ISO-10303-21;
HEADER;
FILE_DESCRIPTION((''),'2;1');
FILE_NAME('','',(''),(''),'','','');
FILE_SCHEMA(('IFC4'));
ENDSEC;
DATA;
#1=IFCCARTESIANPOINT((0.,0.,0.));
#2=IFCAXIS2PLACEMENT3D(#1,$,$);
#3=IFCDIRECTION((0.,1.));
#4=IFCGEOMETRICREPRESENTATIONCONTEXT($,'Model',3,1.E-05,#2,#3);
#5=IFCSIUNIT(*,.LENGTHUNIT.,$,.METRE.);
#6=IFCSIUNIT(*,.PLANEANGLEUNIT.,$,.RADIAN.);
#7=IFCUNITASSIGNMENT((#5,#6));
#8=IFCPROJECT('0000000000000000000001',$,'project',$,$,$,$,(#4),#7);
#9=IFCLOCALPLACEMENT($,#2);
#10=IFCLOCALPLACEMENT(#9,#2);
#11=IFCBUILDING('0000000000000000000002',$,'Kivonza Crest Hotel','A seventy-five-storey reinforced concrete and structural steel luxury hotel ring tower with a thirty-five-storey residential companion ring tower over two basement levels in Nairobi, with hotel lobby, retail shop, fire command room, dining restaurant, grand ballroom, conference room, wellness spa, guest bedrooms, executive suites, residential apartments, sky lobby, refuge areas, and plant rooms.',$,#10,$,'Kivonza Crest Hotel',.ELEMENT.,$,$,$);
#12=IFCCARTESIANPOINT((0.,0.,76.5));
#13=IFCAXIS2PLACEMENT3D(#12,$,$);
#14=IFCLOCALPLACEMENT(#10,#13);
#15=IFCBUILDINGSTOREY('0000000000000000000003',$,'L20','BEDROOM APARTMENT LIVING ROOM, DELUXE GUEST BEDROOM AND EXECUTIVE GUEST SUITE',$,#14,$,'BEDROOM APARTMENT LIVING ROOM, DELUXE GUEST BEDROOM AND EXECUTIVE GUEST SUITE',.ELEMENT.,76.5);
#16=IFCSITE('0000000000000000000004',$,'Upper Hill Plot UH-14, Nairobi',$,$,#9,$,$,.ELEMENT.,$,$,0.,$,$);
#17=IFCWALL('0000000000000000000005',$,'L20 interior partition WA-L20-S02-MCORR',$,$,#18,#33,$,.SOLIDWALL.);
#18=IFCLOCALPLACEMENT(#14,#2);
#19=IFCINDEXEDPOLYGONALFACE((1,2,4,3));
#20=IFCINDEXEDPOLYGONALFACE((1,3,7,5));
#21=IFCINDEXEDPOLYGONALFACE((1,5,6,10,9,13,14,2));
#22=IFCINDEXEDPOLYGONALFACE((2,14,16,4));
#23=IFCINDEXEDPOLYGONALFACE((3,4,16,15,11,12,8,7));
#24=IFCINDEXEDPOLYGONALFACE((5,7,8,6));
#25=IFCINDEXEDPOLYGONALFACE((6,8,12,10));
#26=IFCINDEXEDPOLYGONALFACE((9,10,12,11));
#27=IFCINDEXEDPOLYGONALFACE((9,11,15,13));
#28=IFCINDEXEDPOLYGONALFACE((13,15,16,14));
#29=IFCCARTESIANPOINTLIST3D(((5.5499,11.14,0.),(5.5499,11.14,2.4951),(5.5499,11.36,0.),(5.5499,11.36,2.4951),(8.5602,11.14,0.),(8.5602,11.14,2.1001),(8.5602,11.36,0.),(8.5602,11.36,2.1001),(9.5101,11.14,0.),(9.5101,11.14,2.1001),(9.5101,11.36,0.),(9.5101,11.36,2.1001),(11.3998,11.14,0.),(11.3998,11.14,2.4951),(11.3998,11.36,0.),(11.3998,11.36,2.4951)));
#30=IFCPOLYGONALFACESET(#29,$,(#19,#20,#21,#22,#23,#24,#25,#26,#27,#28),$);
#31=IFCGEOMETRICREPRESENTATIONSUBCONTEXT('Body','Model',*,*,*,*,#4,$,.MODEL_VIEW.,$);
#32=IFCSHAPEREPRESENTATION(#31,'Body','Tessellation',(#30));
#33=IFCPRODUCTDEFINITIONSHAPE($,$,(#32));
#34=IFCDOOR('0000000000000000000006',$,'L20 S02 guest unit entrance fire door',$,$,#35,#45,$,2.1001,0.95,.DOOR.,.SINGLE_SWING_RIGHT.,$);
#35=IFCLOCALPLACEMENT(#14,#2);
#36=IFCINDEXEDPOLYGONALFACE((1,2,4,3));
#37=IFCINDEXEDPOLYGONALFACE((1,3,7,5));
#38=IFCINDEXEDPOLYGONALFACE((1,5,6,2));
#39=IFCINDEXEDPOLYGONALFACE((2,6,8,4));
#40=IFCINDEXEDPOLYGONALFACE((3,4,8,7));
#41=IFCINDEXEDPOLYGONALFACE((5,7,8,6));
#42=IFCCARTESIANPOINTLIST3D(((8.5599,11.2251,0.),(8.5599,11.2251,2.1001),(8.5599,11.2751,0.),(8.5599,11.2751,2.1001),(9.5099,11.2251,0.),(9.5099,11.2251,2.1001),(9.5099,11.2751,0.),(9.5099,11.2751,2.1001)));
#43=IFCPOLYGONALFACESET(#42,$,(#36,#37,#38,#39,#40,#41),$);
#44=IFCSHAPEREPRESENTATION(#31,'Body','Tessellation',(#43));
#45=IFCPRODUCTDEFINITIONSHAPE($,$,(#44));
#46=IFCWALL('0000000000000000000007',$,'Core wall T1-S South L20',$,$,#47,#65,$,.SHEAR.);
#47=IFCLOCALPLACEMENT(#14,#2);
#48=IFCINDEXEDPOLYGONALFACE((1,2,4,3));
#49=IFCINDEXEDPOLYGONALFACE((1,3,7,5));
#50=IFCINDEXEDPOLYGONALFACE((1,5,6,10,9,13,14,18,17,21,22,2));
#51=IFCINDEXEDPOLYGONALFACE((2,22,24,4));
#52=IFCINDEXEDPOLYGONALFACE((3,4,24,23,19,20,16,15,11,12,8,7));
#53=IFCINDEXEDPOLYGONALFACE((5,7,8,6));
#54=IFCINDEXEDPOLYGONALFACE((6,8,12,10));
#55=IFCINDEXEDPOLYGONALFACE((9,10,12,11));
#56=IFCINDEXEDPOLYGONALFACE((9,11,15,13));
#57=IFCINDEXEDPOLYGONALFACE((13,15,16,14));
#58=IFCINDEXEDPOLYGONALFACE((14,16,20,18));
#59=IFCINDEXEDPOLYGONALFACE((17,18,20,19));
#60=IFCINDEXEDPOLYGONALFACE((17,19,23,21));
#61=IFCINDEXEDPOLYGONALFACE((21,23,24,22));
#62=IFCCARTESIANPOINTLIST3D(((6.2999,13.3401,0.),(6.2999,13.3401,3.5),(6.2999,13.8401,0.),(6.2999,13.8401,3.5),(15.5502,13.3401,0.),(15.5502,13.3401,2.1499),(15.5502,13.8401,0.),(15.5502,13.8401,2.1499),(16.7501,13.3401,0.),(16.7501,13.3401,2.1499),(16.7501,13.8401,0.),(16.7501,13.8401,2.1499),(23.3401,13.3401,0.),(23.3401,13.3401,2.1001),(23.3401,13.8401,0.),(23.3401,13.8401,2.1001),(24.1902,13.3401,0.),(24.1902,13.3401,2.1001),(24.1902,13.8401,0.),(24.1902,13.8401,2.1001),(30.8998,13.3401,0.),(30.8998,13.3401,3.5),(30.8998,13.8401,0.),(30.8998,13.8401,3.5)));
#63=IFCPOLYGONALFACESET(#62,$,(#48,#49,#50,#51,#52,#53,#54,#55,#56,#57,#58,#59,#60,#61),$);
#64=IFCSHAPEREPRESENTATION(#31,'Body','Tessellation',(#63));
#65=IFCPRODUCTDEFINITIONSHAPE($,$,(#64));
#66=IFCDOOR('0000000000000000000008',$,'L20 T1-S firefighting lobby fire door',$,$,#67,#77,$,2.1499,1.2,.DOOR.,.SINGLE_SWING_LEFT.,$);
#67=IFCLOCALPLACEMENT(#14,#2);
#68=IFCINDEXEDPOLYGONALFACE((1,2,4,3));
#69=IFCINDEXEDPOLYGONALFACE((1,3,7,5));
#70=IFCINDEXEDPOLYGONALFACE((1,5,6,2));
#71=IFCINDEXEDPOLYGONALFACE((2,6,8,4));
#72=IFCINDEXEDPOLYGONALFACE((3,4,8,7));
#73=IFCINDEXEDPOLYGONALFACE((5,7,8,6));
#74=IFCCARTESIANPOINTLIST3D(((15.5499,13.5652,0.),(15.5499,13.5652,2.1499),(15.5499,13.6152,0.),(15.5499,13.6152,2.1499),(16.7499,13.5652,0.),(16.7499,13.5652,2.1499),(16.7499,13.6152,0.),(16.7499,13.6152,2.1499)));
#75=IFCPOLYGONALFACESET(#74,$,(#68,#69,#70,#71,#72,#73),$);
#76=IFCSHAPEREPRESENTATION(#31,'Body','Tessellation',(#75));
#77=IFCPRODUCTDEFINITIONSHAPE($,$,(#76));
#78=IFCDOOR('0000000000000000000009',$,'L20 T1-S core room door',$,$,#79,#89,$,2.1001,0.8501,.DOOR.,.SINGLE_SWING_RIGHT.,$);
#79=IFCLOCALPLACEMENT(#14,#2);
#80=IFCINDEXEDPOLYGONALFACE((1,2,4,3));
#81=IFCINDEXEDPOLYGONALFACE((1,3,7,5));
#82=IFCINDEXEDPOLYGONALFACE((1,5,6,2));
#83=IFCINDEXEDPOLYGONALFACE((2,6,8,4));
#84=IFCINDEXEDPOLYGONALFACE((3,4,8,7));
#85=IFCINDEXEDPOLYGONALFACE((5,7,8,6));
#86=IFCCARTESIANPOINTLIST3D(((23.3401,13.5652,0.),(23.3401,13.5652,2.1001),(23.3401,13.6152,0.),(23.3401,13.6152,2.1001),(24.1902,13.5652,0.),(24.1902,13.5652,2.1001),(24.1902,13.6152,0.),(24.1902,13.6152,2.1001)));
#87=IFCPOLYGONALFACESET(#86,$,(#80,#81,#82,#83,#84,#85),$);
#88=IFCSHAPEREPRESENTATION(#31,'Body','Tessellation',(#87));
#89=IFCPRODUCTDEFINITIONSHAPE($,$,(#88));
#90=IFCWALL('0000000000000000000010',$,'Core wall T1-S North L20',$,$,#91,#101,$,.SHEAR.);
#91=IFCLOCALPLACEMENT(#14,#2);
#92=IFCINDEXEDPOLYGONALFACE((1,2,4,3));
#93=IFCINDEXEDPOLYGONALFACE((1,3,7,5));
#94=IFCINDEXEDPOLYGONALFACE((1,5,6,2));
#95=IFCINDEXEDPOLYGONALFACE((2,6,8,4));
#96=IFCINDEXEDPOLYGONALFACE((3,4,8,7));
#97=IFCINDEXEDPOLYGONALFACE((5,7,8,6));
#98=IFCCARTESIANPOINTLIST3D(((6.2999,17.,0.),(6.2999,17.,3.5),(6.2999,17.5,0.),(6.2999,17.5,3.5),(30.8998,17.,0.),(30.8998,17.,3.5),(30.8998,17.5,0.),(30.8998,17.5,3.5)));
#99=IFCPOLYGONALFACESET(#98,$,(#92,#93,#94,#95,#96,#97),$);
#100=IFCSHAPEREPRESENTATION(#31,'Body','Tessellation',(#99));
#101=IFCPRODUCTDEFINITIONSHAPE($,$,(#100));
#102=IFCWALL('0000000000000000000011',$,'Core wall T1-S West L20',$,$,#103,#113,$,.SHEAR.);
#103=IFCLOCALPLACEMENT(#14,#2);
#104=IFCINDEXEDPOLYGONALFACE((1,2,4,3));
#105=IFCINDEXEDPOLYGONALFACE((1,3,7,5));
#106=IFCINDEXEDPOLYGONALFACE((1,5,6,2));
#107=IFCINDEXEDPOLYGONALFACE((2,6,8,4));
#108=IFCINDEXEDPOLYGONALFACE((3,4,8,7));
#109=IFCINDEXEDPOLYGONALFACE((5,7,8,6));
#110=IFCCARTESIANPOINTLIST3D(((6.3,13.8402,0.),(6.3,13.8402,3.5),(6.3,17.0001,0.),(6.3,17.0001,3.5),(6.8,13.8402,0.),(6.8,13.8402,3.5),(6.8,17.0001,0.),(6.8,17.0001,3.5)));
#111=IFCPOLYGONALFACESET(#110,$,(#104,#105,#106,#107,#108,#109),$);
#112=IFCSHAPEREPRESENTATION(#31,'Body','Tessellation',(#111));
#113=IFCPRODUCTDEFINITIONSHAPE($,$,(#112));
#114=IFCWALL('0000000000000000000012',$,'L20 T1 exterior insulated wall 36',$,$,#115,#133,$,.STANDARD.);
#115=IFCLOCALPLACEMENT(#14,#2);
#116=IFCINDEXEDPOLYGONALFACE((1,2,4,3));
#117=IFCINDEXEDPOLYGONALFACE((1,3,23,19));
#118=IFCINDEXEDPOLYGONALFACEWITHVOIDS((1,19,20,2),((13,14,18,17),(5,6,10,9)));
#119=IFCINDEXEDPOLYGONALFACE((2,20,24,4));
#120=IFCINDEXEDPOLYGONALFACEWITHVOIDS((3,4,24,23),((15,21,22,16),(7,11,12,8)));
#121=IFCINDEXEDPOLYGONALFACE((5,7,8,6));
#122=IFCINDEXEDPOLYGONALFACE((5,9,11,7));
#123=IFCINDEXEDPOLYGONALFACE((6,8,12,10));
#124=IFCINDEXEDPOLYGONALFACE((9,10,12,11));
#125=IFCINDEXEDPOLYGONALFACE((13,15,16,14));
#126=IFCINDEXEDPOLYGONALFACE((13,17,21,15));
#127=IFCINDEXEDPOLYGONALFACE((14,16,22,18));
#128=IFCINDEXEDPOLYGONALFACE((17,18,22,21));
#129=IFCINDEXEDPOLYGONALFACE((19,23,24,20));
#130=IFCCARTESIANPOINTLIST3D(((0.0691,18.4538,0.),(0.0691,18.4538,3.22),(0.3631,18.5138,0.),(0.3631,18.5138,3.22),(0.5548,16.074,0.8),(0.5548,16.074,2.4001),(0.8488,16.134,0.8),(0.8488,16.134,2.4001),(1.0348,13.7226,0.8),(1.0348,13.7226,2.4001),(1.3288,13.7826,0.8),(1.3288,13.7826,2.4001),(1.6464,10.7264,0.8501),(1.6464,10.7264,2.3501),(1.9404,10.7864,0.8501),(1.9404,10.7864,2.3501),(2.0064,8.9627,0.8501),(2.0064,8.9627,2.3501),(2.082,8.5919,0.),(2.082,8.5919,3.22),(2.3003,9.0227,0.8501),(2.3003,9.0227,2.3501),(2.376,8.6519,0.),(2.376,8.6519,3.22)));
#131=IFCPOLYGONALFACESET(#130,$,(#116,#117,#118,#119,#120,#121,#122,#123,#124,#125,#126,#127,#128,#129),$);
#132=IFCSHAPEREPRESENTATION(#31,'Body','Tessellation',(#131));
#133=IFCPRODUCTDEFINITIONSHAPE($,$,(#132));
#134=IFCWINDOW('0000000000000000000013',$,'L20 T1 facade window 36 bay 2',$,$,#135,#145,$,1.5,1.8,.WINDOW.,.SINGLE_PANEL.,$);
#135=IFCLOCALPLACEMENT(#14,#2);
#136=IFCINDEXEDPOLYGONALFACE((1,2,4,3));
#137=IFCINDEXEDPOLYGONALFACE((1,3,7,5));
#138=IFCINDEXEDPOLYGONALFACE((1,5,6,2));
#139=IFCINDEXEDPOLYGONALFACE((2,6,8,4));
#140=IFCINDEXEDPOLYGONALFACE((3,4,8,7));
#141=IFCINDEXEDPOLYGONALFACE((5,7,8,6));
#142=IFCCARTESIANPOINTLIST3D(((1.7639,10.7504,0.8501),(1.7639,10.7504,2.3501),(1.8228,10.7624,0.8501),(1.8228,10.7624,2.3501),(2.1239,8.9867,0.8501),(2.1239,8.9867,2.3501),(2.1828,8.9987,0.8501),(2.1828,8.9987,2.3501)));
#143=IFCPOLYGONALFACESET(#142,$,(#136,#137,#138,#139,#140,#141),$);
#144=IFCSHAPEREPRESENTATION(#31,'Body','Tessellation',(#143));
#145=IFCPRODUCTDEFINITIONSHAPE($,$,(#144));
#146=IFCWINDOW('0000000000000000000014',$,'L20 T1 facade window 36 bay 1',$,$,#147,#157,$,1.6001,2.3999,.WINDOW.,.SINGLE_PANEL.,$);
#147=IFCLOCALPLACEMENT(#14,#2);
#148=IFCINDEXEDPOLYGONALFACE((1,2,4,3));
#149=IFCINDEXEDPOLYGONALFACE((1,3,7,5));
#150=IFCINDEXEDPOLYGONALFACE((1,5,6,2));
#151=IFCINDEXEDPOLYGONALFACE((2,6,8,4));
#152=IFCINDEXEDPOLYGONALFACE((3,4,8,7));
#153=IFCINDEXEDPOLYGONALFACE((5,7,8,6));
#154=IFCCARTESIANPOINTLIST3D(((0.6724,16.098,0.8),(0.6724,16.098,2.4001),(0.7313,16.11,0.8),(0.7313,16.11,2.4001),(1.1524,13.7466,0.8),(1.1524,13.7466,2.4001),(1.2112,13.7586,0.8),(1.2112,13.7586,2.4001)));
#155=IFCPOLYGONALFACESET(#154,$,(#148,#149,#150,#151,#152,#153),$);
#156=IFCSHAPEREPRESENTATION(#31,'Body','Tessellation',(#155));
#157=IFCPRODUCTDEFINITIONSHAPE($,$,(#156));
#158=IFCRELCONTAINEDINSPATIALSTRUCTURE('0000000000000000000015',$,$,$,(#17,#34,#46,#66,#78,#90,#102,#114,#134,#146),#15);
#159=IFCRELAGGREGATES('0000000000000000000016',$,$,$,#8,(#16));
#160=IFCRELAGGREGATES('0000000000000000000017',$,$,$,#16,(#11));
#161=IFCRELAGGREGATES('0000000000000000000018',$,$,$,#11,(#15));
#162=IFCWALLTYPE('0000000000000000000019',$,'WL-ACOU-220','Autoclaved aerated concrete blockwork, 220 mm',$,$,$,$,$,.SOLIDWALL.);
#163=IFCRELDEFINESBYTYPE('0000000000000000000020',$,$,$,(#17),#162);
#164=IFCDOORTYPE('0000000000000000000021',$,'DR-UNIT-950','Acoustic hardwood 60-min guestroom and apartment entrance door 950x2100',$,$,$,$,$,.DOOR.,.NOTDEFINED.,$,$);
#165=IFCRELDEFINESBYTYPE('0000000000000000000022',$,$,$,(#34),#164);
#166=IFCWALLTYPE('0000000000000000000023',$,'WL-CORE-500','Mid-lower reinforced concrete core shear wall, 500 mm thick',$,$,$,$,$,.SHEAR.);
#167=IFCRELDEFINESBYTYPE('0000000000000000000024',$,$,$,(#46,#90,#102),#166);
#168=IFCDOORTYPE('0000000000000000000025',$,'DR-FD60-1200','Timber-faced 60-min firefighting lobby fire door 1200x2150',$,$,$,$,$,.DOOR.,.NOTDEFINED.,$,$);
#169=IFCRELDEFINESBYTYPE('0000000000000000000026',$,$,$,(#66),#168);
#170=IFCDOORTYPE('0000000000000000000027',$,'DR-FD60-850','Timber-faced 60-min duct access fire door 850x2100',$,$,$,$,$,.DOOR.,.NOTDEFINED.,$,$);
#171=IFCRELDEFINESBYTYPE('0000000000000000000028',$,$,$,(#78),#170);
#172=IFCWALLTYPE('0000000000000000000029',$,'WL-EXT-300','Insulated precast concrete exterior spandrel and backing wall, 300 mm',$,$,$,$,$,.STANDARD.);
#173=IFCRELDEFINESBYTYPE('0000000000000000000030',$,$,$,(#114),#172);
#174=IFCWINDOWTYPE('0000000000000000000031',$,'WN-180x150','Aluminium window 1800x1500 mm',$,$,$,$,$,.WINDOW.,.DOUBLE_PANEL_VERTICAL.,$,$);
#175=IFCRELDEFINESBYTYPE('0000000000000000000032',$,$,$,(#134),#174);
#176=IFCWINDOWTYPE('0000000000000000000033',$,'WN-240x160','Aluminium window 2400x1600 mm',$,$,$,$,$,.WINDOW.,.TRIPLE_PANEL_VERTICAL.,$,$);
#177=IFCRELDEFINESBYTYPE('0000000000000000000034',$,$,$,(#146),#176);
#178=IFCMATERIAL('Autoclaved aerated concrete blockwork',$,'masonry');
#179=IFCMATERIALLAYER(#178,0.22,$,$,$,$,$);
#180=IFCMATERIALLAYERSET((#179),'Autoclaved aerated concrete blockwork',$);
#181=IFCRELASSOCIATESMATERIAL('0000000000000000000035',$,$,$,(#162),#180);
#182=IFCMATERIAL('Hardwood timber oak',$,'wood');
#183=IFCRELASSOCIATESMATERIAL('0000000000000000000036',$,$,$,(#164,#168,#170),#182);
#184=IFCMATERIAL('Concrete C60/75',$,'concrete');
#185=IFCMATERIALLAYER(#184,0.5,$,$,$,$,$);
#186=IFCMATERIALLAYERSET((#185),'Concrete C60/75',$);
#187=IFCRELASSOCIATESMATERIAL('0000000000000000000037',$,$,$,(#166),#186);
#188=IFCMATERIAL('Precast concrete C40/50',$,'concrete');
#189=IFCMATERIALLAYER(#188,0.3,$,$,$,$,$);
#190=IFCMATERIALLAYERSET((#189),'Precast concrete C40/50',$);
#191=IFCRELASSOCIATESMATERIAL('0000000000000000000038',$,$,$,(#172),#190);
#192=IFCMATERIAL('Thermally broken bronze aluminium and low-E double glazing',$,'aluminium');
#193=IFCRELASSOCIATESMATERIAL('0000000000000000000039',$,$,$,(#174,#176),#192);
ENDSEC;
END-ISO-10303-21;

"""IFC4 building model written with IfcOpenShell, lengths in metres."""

from ifc_helpers import new_model, si_unit, direction, frame, frame_2d, origin, place, context, subcontext, project, spatial, rectangle, extrude, material, layer, layer_set, type_object, element, fill, save


model = new_model("IFC4")

# Units and contexts
model_context = context("Model", 3, precision=1e-05, world=origin(), true_north=direction((0.0, 1.0)))
body_context = subcontext(model_context, "Body", "Model", "MODEL_VIEW")
ifc_project = project(units=[si_unit("LENGTHUNIT", "METRE"), si_unit("PLANEANGLEUNIT", "RADIAN")], contexts=[model_context])

# Site, building, storey
site_placement = place(None, origin())
site = spatial("IfcSite", under=ifc_project, at=site_placement, Name="Upper Hill Plot UH-14, Nairobi", CompositionType="ELEMENT", RefElevation=0.0)
building_placement = place(site_placement, origin())
building = spatial("IfcBuilding", under=site, at=building_placement, Name="Kivonza Crest Hotel", Description="A seventy-five-storey reinforced concrete and structural steel luxury hotel ring tower with a thirty-five-storey residential companion ring tower over two basement levels in Nairobi, with hotel lobby, retail shop, fire command room, dining restaurant, grand ballroom, conference room, wellness spa, guest bedrooms, executive suites, residential apartments, sky lobby, refuge areas, and plant rooms.", LongName="Kivonza Crest Hotel", CompositionType="ELEMENT")
storey_placement = place(building_placement, frame((0.0, 0.0, 76.5)))
storey = spatial("IfcBuildingStorey", under=building, at=storey_placement, Name="L20", Description="BEDROOM APARTMENT LIVING ROOM, DELUXE GUEST BEDROOM AND EXECUTIVE GUEST SUITE", LongName="BEDROOM APARTMENT LIVING ROOM, DELUXE GUEST BEDROOM AND EXECUTIVE GUEST SUITE", CompositionType="ELEMENT", Elevation=76.5)

# Shared definitions
ifc_material_1 = material(Name="Concrete C60/75", Category="concrete")

# Wall, opening, door
ifc_material_2 = material(Name="Autoclaved aerated concrete blockwork", Category="masonry")
ifc_layer_1 = layer(ifc_material_2, 0.22)
ifc_layer_set_1 = layer_set([ifc_layer_1], Name="Autoclaved aerated concrete blockwork")
wall_type_1 = type_object("IfcWallType", Name="WL-ACOU-220", Description="Autoclaved aerated concrete blockwork, 220 mm", PredefinedType="SOLIDWALL", material=ifc_layer_set_1)
wall_1_placement = place(storey_placement, frame((5.55, 11.25, 0.0), z_axis=(0.0, 0.0, 1.0), x_axis=(1.0, 0.0, 0.0)))
wall_1 = element("IfcWall", 1, at=wall_1_placement, inside=storey, type_object=wall_type_1, Name="L20 interior partition WA-L20-S02-MCORR", PredefinedType="SOLIDWALL", context=body_context, shape_type="SweptSolid", body=[
    extrude(rectangle(XDim=5.8499, YDim=0.22, at=frame_2d((2.9248, 0.0))), origin(), (0.0, 0.0, 1.0), 2.4951),
])
opening_1_placement = place(wall_1_placement, frame((3.01, 0.0, 0.0)))
opening_1 = element("IfcOpeningElement", 2, at=opening_1_placement, cuts=wall_1, PredefinedType="OPENING", context=body_context, shape_type="SweptSolid", body=[
    extrude(rectangle(XDim=0.95, YDim=2.1001, at=frame_2d((0.4751, 1.05))), frame((0.0, 0.1201, 0.0), z_axis=(0.0, -1.0, 0.0), x_axis=(1.0, 0.0, 0.0)), (0.0, 0.0, 1.0), 0.24),
])
ifc_material_3 = material(Name="Hardwood timber oak", Category="wood")
door_type_1 = type_object("IfcDoorType", Name="DR-UNIT-950", Description="Acoustic hardwood 60-min guestroom and apartment entrance door 950x2100", OperationType="NOTDEFINED", PredefinedType="DOOR", material=ifc_material_3)
door_1_placement = place(opening_1_placement, frame((0.95, 0.0, 0.0), z_axis=(0.0, 0.0, 1.0), x_axis=(-1.0, 0.0, 0.0)))
door_1 = element("IfcDoor", 3, at=door_1_placement, inside=storey, type_object=door_type_1, Name="L20 S02 guest unit entrance fire door", OperationType="SINGLE_SWING_RIGHT", OverallHeight=2.1001, OverallWidth=0.95, PredefinedType="DOOR", context=body_context, shape_type="SweptSolid", body=[
    extrude(rectangle(XDim=0.95, YDim=2.1001, at=frame_2d((0.4751, 1.05))), frame((0.0, 0.0249, 0.0), z_axis=(0.0, -1.0, 0.0), x_axis=(1.0, 0.0, 0.0)), (0.0, 0.0, 1.0), 0.05),
])
fill(opening_1, door_1)

# Wall, openings, doors
ifc_layer_2 = layer(ifc_material_1, 0.5)
ifc_layer_set_2 = layer_set([ifc_layer_2], Name="Concrete C60/75")
wall_type_2 = type_object("IfcWallType", Name="WL-CORE-500", Description="Mid-lower reinforced concrete core shear wall, 500 mm thick", PredefinedType="SHEAR", material=ifc_layer_set_2)
wall_2_placement = place(storey_placement, frame((6.3, 13.5901, 0.0), z_axis=(0.0, 0.0, 1.0), x_axis=(1.0, 0.0, 0.0)))
wall_2 = element("IfcWall", 4, at=wall_2_placement, inside=storey, type_object=wall_type_2, Name="Core wall T1-S South L20", PredefinedType="SHEAR", context=body_context, shape_type="SweptSolid", body=[
    extrude(rectangle(XDim=24.5999, YDim=0.5, at=frame_2d((12.2998, 0.0))), origin(), (0.0, 0.0, 1.0), 3.5),
])
opening_2_placement = place(wall_2_placement, frame((9.25, 0.0, 0.0)))
opening_2 = element("IfcOpeningElement", 5, at=opening_2_placement, cuts=wall_2, PredefinedType="OPENING", context=body_context, shape_type="SweptSolid", body=[
    extrude(rectangle(XDim=1.2, YDim=2.1499, at=frame_2d((0.6001, 1.075))), frame((0.0, 0.26, 0.0), z_axis=(0.0, -1.0, 0.0), x_axis=(1.0, 0.0, 0.0)), (0.0, 0.0, 1.0), 0.52),
])
opening_3_placement = place(wall_2_placement, frame((17.04, 0.0, 0.0)))
opening_3 = element("IfcOpeningElement", 6, at=opening_3_placement, cuts=wall_2, PredefinedType="OPENING", context=body_context, shape_type="SweptSolid", body=[
    extrude(rectangle(XDim=0.8501, YDim=2.1001, at=frame_2d((0.425, 1.05))), frame((0.0, 0.26, 0.0), z_axis=(0.0, -1.0, 0.0), x_axis=(1.0, 0.0, 0.0)), (0.0, 0.0, 1.0), 0.52),
])
door_type_2 = type_object("IfcDoorType", Name="DR-FD60-1200", Description="Timber-faced 60-min firefighting lobby fire door 1200x2150", OperationType="NOTDEFINED", PredefinedType="DOOR", material=ifc_material_3)
door_2_placement = place(opening_2_placement, frame((1.2, 0.0, 0.0), z_axis=(0.0, 0.0, 1.0), x_axis=(-1.0, 0.0, 0.0)))
door_2 = element("IfcDoor", 7, at=door_2_placement, inside=storey, type_object=door_type_2, Name="L20 T1-S firefighting lobby fire door", OperationType="SINGLE_SWING_LEFT", OverallHeight=2.1499, OverallWidth=1.2, PredefinedType="DOOR", context=body_context, shape_type="SweptSolid", body=[
    extrude(rectangle(XDim=1.2, YDim=2.1499, at=frame_2d((0.6001, 1.075))), frame((0.0, 0.0249, 0.0), z_axis=(0.0, -1.0, 0.0), x_axis=(1.0, 0.0, 0.0)), (0.0, 0.0, 1.0), 0.05),
])
fill(opening_2, door_2)
door_type_3 = type_object("IfcDoorType", Name="DR-FD60-850", Description="Timber-faced 60-min duct access fire door 850x2100", OperationType="NOTDEFINED", PredefinedType="DOOR", material=ifc_material_3)
door_3_placement = place(opening_3_placement, frame((0.8501, 0.0, 0.0), z_axis=(0.0, 0.0, 1.0), x_axis=(-1.0, 0.0, 0.0)))
door_3 = element("IfcDoor", 8, at=door_3_placement, inside=storey, type_object=door_type_3, Name="L20 T1-S core room door", OperationType="SINGLE_SWING_RIGHT", OverallHeight=2.1001, OverallWidth=0.8501, PredefinedType="DOOR", context=body_context, shape_type="SweptSolid", body=[
    extrude(rectangle(XDim=0.8501, YDim=2.1001, at=frame_2d((0.425, 1.05))), frame((0.0, 0.0249, 0.0), z_axis=(0.0, -1.0, 0.0), x_axis=(1.0, 0.0, 0.0)), (0.0, 0.0, 1.0), 0.05),
])
fill(opening_3, door_3)

# Walls
wall_3_placement = place(storey_placement, frame((6.3, 17.25, 0.0), z_axis=(0.0, 0.0, 1.0), x_axis=(1.0, 0.0, 0.0)))
element("IfcWall", 9, at=wall_3_placement, inside=storey, type_object=wall_type_2, Name="Core wall T1-S North L20", PredefinedType="SHEAR", context=body_context, shape_type="SweptSolid", body=[
    extrude(rectangle(XDim=24.5999, YDim=0.5, at=frame_2d((12.2998, 0.0))), origin(), (0.0, 0.0, 1.0), 3.5),
])
wall_4_placement = place(storey_placement, frame((6.55, 13.8401, 0.0), z_axis=(0.0, 0.0, 1.0), x_axis=(0.0, 1.0, 0.0)))
element("IfcWall", 10, at=wall_4_placement, inside=storey, type_object=wall_type_2, Name="Core wall T1-S West L20", PredefinedType="SHEAR", context=body_context, shape_type="SweptSolid", body=[
    extrude(rectangle(XDim=3.1599, YDim=0.5, at=frame_2d((1.5801, 0.0))), origin(), (0.0, 0.0, 1.0), 3.5),
])

# Wall, openings, windows
ifc_material_4 = material(Name="Precast concrete C40/50", Category="concrete")
ifc_layer_3 = layer(ifc_material_4, 0.3)
ifc_layer_set_3 = layer_set([ifc_layer_3], Name="Precast concrete C40/50")
wall_type_3 = type_object("IfcWallType", Name="WL-EXT-300", Description="Insulated precast concrete exterior spandrel and backing wall, 300 mm", PredefinedType="STANDARD", material=ifc_layer_set_3)
wall_5_placement = place(storey_placement, frame((0.2161, 18.4839, 0.0), z_axis=(0.0, 0.0, 1.0), x_axis=(0.199991, -0.979798, 0.0)))
wall_5 = element("IfcWall", 11, at=wall_5_placement, inside=storey, type_object=wall_type_3, Name="L20 T1 exterior insulated wall 36", PredefinedType="STANDARD", context=body_context, shape_type="SweptSolid", body=[
    extrude(rectangle(XDim=10.0652, YDim=0.3, at=frame_2d((5.0327, 0.0))), origin(), (0.0, 0.0, 1.0), 3.22),
])
opening_4_placement = place(wall_5_placement, frame((2.429, 0.0, 0.8)))
opening_4 = element("IfcOpeningElement", 12, at=opening_4_placement, cuts=wall_5, PredefinedType="OPENING", context=body_context, shape_type="SweptSolid", body=[
    extrude(rectangle(XDim=2.3999, YDim=1.6001, at=frame_2d((1.2, 0.8))), frame((0.0, 0.1602, 0.0), z_axis=(0.0, -1.0, 0.0), x_axis=(1.0, 0.0, 0.0)), (0.0, 0.0, 1.0), 0.3201),
])
opening_5_placement = place(wall_5_placement, frame((7.887, 0.0, 0.8501)))
opening_5 = element("IfcOpeningElement", 13, at=opening_5_placement, cuts=wall_5, PredefinedType="OPENING", context=body_context, shape_type="SweptSolid", body=[
    extrude(rectangle(XDim=1.8, YDim=1.5, at=frame_2d((0.8999, 0.75))), frame((0.0, 0.1602, 0.0), z_axis=(0.0, -1.0, 0.0), x_axis=(1.0, 0.0, 0.0)), (0.0, 0.0, 1.0), 0.3201),
])
ifc_material_5 = material(Name="Thermally broken bronze aluminium and low-E double glazing", Category="aluminium")
window_type_1 = type_object("IfcWindowType", Name="WN-180x150", Description="Aluminium window 1800x1500 mm", PartitioningType="DOUBLE_PANEL_VERTICAL", PredefinedType="WINDOW", material=ifc_material_5)
window_1_placement = place(opening_5_placement, origin())
window_1 = element("IfcWindow", 14, at=window_1_placement, inside=storey, type_object=window_type_1, Name="L20 T1 facade window 36 bay 2", OverallHeight=1.5, OverallWidth=1.8, PartitioningType="SINGLE_PANEL", PredefinedType="WINDOW", context=body_context, shape_type="SweptSolid", body=[
    extrude(rectangle(XDim=1.8, YDim=1.5, at=frame_2d((0.8999, 0.75))), frame((0.0, 0.03, 0.0), z_axis=(0.0, -1.0, 0.0), x_axis=(1.0, 0.0, 0.0)), (0.0, 0.0, 1.0), 0.0601),
])
fill(opening_5, window_1)
window_type_2 = type_object("IfcWindowType", Name="WN-240x160", Description="Aluminium window 2400x1600 mm", PartitioningType="TRIPLE_PANEL_VERTICAL", PredefinedType="WINDOW", material=ifc_material_5)
window_2_placement = place(opening_4_placement, origin())
window_2 = element("IfcWindow", 15, at=window_2_placement, inside=storey, type_object=window_type_2, Name="L20 T1 facade window 36 bay 1", OverallHeight=1.6001, OverallWidth=2.3999, PartitioningType="SINGLE_PANEL", PredefinedType="WINDOW", context=body_context, shape_type="SweptSolid", body=[
    extrude(rectangle(XDim=2.3999, YDim=1.6001, at=frame_2d((1.2, 0.8))), frame((0.0, 0.03, 0.0), z_axis=(0.0, -1.0, 0.0), x_axis=(1.0, 0.0, 0.0)), (0.0, 0.0, 1.0), 0.0601),
])
fill(opening_4, window_2)

save(model, "model.ifc")
